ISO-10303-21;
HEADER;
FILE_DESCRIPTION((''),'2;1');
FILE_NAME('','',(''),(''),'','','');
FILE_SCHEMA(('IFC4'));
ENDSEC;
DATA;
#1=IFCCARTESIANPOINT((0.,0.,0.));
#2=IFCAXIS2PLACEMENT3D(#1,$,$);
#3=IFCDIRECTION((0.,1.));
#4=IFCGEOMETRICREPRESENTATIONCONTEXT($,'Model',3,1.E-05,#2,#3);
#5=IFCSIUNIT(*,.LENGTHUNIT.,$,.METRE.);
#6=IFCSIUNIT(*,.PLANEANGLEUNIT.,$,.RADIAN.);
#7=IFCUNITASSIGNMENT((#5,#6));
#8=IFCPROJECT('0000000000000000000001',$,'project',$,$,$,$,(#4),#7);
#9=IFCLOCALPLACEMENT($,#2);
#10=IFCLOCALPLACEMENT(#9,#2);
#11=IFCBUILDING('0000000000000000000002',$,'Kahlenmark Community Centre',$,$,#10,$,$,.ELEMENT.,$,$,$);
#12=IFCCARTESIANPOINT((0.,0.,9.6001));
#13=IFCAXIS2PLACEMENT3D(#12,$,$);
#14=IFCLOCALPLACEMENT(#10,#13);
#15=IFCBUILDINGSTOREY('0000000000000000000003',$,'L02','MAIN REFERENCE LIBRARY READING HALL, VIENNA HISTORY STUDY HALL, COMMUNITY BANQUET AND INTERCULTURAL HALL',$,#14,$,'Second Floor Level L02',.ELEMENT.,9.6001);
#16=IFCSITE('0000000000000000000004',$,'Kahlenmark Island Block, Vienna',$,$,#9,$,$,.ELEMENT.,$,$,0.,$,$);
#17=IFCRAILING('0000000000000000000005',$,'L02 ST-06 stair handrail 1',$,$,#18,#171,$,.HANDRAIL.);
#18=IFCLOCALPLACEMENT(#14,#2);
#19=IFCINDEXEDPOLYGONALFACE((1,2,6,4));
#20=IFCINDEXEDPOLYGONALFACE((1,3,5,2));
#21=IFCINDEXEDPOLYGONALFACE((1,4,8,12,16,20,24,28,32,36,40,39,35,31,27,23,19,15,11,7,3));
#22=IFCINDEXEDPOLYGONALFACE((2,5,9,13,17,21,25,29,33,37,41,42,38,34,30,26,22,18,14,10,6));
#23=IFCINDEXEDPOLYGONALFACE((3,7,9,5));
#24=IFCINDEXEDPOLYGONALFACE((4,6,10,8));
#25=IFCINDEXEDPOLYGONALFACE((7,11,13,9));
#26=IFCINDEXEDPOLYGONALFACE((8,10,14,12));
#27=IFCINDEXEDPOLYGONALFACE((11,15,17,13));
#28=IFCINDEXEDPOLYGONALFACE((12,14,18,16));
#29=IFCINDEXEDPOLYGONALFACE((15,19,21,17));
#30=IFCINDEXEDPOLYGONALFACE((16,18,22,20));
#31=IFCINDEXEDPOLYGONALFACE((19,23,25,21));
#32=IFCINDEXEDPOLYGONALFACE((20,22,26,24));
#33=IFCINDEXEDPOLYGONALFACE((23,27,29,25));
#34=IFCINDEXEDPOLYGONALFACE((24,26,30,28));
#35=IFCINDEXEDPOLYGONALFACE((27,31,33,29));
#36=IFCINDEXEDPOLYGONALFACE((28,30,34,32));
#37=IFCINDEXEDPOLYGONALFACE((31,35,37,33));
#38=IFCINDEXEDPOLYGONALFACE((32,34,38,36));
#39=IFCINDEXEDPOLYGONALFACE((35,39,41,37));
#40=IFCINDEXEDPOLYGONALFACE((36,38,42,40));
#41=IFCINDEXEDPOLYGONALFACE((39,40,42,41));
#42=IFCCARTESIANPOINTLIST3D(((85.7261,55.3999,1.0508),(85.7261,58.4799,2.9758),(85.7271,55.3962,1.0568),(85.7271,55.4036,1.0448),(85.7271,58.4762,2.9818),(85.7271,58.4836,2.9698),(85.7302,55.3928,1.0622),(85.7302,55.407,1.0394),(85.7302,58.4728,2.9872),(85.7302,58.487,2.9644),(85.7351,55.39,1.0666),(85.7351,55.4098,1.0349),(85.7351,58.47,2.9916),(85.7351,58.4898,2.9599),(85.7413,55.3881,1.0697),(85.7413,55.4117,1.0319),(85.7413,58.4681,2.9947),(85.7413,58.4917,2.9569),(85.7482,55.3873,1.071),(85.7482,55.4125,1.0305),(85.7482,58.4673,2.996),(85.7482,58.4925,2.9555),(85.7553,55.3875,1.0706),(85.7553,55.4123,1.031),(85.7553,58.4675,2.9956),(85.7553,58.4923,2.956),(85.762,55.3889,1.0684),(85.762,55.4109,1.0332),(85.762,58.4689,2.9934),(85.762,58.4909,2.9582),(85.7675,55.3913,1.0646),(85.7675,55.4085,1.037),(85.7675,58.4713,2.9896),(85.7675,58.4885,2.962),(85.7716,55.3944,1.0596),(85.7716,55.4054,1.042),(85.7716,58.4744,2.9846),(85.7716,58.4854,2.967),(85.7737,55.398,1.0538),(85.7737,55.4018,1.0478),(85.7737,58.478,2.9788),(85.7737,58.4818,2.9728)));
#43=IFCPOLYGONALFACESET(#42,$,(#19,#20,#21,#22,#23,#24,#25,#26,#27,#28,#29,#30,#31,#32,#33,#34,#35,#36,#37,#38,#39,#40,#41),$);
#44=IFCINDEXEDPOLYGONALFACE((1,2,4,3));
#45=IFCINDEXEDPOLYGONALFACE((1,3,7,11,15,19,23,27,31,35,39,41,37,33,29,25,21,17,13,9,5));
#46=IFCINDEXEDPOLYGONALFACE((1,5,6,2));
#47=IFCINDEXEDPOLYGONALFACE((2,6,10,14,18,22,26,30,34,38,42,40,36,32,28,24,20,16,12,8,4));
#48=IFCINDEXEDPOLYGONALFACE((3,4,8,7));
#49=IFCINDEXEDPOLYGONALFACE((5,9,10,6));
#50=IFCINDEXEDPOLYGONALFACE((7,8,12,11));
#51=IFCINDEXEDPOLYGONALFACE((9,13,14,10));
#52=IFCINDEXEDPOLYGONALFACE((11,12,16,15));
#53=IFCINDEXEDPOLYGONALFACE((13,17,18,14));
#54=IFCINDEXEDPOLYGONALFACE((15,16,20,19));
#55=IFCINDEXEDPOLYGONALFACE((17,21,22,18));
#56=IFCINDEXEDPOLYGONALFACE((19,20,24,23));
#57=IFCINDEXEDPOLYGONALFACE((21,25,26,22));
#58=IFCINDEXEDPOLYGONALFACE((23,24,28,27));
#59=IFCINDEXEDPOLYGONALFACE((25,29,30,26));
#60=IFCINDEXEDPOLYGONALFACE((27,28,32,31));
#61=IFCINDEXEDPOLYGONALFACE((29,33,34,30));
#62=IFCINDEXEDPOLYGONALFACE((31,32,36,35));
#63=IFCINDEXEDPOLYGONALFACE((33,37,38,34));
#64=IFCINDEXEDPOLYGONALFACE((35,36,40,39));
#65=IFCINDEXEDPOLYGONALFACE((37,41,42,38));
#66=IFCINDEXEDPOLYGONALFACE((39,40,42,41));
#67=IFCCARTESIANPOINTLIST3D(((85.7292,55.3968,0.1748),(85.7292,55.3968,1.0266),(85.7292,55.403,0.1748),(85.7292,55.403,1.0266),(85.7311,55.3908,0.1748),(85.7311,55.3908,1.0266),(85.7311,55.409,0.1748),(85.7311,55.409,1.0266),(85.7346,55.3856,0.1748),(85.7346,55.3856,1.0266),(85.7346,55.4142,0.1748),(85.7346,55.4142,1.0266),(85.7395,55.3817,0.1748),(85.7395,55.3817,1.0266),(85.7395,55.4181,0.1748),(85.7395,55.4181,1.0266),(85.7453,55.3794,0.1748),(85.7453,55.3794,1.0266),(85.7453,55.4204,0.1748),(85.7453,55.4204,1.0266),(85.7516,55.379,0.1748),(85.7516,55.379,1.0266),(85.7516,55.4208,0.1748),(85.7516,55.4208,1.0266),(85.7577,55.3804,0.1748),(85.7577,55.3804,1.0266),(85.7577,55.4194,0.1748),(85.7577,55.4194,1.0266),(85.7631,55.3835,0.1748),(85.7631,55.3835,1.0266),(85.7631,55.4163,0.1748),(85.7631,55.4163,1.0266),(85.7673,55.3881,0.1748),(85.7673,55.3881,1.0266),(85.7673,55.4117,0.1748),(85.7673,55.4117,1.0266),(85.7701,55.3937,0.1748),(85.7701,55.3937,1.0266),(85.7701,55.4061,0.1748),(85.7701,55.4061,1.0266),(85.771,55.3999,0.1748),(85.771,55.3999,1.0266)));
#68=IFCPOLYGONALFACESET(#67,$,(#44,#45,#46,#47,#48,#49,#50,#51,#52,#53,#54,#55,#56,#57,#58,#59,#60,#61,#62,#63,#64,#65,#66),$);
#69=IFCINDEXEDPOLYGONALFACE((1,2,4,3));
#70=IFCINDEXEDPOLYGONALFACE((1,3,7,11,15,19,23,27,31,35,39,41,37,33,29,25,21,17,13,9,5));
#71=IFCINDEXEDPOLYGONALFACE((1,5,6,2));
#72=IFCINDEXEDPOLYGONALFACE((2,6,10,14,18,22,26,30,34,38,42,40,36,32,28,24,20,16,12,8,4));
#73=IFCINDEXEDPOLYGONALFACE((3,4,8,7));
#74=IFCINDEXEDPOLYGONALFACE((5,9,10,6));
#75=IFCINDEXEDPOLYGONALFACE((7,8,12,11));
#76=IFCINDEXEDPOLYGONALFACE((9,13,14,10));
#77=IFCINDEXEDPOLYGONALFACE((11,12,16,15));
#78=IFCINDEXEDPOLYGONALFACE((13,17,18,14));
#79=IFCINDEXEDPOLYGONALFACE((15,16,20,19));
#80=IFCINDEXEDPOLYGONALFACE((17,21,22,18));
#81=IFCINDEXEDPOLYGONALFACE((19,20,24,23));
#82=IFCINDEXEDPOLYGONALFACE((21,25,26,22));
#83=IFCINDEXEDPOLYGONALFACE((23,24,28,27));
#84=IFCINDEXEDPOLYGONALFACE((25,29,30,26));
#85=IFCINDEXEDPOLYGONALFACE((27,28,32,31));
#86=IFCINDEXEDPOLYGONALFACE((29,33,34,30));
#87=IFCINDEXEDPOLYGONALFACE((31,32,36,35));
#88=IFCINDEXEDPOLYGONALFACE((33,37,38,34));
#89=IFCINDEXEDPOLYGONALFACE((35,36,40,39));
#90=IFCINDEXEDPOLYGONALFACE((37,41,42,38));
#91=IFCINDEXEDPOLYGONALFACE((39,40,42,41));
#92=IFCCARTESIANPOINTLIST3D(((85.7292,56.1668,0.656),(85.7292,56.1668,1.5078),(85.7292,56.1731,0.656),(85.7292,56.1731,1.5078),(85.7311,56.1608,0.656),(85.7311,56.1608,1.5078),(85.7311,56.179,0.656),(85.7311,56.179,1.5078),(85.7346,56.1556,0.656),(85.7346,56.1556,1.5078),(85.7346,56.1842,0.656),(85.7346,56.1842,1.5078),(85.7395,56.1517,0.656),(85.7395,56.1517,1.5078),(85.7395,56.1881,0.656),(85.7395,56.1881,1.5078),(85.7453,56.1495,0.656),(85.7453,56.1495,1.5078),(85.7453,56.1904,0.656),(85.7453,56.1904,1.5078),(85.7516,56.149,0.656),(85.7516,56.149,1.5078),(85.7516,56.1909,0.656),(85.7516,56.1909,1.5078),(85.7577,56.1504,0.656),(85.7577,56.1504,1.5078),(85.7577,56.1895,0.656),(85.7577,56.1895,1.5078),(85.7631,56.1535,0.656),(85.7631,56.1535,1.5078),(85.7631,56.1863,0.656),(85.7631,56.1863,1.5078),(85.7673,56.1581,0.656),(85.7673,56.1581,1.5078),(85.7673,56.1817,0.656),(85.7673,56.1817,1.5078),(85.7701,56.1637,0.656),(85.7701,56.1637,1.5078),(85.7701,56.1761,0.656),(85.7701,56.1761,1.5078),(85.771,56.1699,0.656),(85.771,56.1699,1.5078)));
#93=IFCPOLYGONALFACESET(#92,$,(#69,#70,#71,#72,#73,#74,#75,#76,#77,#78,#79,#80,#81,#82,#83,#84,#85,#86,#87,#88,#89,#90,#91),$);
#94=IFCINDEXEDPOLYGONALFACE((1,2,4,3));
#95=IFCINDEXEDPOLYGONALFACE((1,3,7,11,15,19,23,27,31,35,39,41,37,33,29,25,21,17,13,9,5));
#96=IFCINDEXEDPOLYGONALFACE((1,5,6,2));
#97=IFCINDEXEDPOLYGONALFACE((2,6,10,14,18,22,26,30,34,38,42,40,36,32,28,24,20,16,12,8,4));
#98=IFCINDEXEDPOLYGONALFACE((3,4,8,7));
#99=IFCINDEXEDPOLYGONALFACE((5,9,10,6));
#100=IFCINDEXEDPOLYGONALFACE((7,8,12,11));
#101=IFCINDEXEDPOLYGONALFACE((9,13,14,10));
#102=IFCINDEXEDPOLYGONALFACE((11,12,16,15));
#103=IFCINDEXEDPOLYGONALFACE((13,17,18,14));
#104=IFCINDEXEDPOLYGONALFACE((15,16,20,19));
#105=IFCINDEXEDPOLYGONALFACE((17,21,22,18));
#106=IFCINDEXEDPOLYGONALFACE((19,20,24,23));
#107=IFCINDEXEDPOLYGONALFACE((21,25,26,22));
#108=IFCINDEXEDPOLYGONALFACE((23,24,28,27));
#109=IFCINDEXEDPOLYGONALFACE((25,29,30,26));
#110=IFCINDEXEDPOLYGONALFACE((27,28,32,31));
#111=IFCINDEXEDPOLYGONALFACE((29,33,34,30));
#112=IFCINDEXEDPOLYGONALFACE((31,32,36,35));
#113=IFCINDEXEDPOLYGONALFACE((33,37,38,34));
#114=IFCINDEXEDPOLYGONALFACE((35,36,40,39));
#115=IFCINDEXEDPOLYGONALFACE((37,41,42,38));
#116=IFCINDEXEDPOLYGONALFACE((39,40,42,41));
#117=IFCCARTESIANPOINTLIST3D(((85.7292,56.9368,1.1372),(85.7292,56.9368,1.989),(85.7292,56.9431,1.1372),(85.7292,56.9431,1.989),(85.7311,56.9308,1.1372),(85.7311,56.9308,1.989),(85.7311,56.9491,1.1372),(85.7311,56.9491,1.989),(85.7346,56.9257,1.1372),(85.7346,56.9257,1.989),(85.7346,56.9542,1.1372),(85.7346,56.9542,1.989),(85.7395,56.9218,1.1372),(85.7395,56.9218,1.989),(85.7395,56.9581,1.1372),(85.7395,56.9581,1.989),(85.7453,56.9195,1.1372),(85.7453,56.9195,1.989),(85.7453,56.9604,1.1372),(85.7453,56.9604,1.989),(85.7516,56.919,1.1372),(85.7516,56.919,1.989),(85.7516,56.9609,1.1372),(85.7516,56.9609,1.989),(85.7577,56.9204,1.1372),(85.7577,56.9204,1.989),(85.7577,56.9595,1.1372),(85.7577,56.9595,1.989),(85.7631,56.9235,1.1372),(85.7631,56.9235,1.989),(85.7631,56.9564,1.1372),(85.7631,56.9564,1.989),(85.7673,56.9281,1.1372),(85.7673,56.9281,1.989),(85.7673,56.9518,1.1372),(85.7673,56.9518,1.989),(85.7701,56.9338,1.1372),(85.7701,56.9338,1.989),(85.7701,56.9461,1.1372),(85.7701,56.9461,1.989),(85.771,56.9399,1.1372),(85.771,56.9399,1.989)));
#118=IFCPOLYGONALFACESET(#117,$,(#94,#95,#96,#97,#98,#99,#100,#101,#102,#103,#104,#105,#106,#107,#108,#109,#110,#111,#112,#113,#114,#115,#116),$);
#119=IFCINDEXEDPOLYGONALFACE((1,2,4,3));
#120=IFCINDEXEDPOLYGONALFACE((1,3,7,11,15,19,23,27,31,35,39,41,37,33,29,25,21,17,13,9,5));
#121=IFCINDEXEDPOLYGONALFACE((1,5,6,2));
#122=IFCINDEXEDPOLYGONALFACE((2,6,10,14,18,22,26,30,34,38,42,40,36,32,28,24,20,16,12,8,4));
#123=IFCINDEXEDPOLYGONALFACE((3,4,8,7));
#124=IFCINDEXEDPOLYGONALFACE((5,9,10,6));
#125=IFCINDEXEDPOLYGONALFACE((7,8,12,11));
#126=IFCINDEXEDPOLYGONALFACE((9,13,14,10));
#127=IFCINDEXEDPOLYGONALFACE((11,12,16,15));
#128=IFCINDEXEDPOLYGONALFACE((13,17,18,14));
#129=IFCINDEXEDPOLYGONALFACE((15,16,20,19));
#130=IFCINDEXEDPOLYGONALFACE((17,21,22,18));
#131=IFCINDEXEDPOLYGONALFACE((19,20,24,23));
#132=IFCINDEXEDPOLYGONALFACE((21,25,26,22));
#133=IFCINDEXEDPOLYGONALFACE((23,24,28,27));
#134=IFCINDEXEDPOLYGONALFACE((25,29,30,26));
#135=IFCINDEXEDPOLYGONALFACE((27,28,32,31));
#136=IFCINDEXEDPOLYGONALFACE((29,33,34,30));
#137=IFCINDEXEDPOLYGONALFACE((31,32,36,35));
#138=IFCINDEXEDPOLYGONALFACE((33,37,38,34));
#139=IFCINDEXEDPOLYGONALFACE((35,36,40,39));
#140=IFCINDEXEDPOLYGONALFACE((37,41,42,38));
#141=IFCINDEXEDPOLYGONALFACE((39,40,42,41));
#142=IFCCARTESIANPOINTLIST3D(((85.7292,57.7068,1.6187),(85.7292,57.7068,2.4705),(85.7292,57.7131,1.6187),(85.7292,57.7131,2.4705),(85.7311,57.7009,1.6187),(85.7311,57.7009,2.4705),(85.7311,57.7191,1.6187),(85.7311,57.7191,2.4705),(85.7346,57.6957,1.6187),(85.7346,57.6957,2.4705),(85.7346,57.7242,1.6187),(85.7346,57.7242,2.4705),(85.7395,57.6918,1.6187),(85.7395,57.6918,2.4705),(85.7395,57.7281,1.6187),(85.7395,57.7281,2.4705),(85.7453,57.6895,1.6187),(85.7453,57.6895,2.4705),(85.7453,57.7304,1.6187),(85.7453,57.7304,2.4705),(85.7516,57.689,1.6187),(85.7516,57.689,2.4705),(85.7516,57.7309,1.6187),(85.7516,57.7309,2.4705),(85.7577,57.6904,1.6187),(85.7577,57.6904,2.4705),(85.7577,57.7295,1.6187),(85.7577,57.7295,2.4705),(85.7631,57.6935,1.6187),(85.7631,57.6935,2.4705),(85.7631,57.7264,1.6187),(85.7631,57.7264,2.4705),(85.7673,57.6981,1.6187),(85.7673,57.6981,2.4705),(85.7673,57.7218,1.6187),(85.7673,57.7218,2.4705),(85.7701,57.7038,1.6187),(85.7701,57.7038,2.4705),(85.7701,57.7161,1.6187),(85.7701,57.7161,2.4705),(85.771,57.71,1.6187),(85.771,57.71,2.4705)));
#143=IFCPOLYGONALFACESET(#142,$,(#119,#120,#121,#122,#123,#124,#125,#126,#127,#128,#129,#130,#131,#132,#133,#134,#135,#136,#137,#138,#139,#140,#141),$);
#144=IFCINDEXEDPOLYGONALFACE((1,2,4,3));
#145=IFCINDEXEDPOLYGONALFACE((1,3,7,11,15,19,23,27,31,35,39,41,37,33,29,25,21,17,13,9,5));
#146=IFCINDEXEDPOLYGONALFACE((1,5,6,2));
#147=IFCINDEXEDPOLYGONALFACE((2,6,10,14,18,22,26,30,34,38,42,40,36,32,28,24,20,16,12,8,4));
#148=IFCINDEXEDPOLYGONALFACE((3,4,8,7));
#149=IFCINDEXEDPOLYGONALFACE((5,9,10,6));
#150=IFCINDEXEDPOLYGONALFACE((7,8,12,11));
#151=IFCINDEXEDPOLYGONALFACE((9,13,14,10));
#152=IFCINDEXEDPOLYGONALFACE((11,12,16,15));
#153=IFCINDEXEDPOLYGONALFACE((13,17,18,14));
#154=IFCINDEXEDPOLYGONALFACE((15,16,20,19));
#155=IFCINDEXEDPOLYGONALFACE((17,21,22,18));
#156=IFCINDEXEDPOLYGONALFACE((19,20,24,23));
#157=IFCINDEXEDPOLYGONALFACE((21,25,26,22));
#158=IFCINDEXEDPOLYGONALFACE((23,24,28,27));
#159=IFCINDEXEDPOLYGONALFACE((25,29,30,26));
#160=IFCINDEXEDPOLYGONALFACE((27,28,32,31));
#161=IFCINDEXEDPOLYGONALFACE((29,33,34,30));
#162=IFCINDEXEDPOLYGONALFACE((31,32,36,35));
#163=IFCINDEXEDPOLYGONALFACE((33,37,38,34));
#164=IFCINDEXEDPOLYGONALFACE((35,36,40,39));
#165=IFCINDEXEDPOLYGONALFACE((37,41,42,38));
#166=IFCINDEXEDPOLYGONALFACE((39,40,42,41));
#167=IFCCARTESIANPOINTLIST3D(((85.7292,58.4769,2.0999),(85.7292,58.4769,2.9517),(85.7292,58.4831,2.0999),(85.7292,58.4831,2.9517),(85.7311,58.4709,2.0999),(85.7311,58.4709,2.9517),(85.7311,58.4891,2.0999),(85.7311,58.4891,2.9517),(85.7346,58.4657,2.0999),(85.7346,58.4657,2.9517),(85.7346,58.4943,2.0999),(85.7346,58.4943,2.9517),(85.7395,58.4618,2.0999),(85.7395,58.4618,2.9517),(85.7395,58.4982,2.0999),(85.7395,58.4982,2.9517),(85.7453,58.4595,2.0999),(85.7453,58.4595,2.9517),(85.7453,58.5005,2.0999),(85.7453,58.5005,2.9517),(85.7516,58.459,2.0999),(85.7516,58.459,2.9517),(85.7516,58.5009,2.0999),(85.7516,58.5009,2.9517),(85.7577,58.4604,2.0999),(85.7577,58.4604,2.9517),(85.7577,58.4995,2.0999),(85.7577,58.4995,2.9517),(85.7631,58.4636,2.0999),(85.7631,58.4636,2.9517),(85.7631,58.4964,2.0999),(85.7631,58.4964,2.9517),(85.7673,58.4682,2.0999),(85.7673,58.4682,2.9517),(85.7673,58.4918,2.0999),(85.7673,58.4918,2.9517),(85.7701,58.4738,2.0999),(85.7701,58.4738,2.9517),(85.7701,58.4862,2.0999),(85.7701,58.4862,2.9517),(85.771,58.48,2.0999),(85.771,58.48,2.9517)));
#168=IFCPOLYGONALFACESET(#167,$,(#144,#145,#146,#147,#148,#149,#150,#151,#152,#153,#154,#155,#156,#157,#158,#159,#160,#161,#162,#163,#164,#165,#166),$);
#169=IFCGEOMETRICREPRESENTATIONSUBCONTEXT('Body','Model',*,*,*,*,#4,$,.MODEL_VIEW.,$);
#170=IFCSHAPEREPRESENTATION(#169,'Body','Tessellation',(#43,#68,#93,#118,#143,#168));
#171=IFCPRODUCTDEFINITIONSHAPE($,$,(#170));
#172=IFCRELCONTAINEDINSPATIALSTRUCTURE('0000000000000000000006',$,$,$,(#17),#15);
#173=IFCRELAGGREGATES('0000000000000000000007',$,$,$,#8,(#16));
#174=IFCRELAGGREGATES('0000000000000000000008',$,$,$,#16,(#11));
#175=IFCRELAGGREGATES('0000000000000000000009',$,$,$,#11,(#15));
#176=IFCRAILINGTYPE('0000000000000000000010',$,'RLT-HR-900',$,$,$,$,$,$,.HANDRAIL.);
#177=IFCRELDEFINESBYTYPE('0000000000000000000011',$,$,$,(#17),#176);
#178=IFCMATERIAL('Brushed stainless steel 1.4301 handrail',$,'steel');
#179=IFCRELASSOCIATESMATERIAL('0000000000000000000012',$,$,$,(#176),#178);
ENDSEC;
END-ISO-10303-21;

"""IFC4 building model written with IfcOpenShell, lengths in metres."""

from ifc_helpers import new_model, si_unit, direction, frame, origin, origin_2d, place, context, subcontext, project, spatial, circle, extrude, material, type_object, element, save


model = new_model("IFC4")

# Units and contexts
model_context = context("Model", 3, precision=1e-05, world=origin(), true_north=direction((0.0, 1.0)))
body_context = subcontext(model_context, "Body", "Model", "MODEL_VIEW")
ifc_project = project(units=[si_unit("LENGTHUNIT", "METRE"), si_unit("PLANEANGLEUNIT", "RADIAN")], contexts=[model_context])

# Site, building, storey
site_placement = place(None, origin())
site = spatial("IfcSite", under=ifc_project, at=site_placement, Name="Kahlenmark Island Block, Vienna", CompositionType="ELEMENT", RefElevation=0.0)
building_placement = place(site_placement, origin())
building = spatial("IfcBuilding", under=site, at=building_placement, Name="Kahlenmark Community Centre", CompositionType="ELEMENT")
storey_placement = place(building_placement, frame((0.0, 0.0, 9.6001)))
storey = spatial("IfcBuildingStorey", under=building, at=storey_placement, Name="L02", Description="MAIN REFERENCE LIBRARY READING HALL, VIENNA HISTORY STUDY HALL, COMMUNITY BANQUET AND INTERCULTURAL HALL", LongName="Second Floor Level L02", CompositionType="ELEMENT", Elevation=9.6001)

# Railing
ifc_material_1 = material(Name="Brushed stainless steel 1.4301 handrail", Category="steel")
railing_type_1 = type_object("IfcRailingType", Name="RLT-HR-900", PredefinedType="HANDRAIL", material=ifc_material_1)
railing_1_placement = place(storey_placement, frame((85.75, 55.3999, 0.1748)))
element("IfcRailing", 1, at=railing_1_placement, inside=storey, type_object=railing_type_1, Name="L02 ST-06 stair handrail 1", PredefinedType="HANDRAIL", context=body_context, shape_type="SweptSolid", body=[
    extrude(circle(Radius=0.0239, at=origin_2d()), frame((0.0, 0.0, 0.876), z_axis=(0.0, 0.847998, 0.529999), x_axis=(-1.0, 0.0, 0.0)), (0.0, 0.0, 1.0), 3.6321),
    extrude(circle(Radius=0.021, at=origin_2d()), origin(), (0.0, 0.0, 1.0), 0.8518),
    extrude(circle(Radius=0.021, at=origin_2d()), frame((0.0, 0.77, 0.4812)), (0.0, 0.0, 1.0), 0.8518),
    extrude(circle(Radius=0.021, at=origin_2d()), frame((0.0, 1.54, 0.9624)), (0.0, 0.0, 1.0), 0.8518),
    extrude(circle(Radius=0.021, at=origin_2d()), frame((0.0, 2.3101, 1.4438)), (0.0, 0.0, 1.0), 0.8518),
    extrude(circle(Radius=0.021, at=origin_2d()), frame((0.0, 3.0801, 1.925)), (0.0, 0.0, 1.0), 0.8518),
])

save(model, "model.ifc")
